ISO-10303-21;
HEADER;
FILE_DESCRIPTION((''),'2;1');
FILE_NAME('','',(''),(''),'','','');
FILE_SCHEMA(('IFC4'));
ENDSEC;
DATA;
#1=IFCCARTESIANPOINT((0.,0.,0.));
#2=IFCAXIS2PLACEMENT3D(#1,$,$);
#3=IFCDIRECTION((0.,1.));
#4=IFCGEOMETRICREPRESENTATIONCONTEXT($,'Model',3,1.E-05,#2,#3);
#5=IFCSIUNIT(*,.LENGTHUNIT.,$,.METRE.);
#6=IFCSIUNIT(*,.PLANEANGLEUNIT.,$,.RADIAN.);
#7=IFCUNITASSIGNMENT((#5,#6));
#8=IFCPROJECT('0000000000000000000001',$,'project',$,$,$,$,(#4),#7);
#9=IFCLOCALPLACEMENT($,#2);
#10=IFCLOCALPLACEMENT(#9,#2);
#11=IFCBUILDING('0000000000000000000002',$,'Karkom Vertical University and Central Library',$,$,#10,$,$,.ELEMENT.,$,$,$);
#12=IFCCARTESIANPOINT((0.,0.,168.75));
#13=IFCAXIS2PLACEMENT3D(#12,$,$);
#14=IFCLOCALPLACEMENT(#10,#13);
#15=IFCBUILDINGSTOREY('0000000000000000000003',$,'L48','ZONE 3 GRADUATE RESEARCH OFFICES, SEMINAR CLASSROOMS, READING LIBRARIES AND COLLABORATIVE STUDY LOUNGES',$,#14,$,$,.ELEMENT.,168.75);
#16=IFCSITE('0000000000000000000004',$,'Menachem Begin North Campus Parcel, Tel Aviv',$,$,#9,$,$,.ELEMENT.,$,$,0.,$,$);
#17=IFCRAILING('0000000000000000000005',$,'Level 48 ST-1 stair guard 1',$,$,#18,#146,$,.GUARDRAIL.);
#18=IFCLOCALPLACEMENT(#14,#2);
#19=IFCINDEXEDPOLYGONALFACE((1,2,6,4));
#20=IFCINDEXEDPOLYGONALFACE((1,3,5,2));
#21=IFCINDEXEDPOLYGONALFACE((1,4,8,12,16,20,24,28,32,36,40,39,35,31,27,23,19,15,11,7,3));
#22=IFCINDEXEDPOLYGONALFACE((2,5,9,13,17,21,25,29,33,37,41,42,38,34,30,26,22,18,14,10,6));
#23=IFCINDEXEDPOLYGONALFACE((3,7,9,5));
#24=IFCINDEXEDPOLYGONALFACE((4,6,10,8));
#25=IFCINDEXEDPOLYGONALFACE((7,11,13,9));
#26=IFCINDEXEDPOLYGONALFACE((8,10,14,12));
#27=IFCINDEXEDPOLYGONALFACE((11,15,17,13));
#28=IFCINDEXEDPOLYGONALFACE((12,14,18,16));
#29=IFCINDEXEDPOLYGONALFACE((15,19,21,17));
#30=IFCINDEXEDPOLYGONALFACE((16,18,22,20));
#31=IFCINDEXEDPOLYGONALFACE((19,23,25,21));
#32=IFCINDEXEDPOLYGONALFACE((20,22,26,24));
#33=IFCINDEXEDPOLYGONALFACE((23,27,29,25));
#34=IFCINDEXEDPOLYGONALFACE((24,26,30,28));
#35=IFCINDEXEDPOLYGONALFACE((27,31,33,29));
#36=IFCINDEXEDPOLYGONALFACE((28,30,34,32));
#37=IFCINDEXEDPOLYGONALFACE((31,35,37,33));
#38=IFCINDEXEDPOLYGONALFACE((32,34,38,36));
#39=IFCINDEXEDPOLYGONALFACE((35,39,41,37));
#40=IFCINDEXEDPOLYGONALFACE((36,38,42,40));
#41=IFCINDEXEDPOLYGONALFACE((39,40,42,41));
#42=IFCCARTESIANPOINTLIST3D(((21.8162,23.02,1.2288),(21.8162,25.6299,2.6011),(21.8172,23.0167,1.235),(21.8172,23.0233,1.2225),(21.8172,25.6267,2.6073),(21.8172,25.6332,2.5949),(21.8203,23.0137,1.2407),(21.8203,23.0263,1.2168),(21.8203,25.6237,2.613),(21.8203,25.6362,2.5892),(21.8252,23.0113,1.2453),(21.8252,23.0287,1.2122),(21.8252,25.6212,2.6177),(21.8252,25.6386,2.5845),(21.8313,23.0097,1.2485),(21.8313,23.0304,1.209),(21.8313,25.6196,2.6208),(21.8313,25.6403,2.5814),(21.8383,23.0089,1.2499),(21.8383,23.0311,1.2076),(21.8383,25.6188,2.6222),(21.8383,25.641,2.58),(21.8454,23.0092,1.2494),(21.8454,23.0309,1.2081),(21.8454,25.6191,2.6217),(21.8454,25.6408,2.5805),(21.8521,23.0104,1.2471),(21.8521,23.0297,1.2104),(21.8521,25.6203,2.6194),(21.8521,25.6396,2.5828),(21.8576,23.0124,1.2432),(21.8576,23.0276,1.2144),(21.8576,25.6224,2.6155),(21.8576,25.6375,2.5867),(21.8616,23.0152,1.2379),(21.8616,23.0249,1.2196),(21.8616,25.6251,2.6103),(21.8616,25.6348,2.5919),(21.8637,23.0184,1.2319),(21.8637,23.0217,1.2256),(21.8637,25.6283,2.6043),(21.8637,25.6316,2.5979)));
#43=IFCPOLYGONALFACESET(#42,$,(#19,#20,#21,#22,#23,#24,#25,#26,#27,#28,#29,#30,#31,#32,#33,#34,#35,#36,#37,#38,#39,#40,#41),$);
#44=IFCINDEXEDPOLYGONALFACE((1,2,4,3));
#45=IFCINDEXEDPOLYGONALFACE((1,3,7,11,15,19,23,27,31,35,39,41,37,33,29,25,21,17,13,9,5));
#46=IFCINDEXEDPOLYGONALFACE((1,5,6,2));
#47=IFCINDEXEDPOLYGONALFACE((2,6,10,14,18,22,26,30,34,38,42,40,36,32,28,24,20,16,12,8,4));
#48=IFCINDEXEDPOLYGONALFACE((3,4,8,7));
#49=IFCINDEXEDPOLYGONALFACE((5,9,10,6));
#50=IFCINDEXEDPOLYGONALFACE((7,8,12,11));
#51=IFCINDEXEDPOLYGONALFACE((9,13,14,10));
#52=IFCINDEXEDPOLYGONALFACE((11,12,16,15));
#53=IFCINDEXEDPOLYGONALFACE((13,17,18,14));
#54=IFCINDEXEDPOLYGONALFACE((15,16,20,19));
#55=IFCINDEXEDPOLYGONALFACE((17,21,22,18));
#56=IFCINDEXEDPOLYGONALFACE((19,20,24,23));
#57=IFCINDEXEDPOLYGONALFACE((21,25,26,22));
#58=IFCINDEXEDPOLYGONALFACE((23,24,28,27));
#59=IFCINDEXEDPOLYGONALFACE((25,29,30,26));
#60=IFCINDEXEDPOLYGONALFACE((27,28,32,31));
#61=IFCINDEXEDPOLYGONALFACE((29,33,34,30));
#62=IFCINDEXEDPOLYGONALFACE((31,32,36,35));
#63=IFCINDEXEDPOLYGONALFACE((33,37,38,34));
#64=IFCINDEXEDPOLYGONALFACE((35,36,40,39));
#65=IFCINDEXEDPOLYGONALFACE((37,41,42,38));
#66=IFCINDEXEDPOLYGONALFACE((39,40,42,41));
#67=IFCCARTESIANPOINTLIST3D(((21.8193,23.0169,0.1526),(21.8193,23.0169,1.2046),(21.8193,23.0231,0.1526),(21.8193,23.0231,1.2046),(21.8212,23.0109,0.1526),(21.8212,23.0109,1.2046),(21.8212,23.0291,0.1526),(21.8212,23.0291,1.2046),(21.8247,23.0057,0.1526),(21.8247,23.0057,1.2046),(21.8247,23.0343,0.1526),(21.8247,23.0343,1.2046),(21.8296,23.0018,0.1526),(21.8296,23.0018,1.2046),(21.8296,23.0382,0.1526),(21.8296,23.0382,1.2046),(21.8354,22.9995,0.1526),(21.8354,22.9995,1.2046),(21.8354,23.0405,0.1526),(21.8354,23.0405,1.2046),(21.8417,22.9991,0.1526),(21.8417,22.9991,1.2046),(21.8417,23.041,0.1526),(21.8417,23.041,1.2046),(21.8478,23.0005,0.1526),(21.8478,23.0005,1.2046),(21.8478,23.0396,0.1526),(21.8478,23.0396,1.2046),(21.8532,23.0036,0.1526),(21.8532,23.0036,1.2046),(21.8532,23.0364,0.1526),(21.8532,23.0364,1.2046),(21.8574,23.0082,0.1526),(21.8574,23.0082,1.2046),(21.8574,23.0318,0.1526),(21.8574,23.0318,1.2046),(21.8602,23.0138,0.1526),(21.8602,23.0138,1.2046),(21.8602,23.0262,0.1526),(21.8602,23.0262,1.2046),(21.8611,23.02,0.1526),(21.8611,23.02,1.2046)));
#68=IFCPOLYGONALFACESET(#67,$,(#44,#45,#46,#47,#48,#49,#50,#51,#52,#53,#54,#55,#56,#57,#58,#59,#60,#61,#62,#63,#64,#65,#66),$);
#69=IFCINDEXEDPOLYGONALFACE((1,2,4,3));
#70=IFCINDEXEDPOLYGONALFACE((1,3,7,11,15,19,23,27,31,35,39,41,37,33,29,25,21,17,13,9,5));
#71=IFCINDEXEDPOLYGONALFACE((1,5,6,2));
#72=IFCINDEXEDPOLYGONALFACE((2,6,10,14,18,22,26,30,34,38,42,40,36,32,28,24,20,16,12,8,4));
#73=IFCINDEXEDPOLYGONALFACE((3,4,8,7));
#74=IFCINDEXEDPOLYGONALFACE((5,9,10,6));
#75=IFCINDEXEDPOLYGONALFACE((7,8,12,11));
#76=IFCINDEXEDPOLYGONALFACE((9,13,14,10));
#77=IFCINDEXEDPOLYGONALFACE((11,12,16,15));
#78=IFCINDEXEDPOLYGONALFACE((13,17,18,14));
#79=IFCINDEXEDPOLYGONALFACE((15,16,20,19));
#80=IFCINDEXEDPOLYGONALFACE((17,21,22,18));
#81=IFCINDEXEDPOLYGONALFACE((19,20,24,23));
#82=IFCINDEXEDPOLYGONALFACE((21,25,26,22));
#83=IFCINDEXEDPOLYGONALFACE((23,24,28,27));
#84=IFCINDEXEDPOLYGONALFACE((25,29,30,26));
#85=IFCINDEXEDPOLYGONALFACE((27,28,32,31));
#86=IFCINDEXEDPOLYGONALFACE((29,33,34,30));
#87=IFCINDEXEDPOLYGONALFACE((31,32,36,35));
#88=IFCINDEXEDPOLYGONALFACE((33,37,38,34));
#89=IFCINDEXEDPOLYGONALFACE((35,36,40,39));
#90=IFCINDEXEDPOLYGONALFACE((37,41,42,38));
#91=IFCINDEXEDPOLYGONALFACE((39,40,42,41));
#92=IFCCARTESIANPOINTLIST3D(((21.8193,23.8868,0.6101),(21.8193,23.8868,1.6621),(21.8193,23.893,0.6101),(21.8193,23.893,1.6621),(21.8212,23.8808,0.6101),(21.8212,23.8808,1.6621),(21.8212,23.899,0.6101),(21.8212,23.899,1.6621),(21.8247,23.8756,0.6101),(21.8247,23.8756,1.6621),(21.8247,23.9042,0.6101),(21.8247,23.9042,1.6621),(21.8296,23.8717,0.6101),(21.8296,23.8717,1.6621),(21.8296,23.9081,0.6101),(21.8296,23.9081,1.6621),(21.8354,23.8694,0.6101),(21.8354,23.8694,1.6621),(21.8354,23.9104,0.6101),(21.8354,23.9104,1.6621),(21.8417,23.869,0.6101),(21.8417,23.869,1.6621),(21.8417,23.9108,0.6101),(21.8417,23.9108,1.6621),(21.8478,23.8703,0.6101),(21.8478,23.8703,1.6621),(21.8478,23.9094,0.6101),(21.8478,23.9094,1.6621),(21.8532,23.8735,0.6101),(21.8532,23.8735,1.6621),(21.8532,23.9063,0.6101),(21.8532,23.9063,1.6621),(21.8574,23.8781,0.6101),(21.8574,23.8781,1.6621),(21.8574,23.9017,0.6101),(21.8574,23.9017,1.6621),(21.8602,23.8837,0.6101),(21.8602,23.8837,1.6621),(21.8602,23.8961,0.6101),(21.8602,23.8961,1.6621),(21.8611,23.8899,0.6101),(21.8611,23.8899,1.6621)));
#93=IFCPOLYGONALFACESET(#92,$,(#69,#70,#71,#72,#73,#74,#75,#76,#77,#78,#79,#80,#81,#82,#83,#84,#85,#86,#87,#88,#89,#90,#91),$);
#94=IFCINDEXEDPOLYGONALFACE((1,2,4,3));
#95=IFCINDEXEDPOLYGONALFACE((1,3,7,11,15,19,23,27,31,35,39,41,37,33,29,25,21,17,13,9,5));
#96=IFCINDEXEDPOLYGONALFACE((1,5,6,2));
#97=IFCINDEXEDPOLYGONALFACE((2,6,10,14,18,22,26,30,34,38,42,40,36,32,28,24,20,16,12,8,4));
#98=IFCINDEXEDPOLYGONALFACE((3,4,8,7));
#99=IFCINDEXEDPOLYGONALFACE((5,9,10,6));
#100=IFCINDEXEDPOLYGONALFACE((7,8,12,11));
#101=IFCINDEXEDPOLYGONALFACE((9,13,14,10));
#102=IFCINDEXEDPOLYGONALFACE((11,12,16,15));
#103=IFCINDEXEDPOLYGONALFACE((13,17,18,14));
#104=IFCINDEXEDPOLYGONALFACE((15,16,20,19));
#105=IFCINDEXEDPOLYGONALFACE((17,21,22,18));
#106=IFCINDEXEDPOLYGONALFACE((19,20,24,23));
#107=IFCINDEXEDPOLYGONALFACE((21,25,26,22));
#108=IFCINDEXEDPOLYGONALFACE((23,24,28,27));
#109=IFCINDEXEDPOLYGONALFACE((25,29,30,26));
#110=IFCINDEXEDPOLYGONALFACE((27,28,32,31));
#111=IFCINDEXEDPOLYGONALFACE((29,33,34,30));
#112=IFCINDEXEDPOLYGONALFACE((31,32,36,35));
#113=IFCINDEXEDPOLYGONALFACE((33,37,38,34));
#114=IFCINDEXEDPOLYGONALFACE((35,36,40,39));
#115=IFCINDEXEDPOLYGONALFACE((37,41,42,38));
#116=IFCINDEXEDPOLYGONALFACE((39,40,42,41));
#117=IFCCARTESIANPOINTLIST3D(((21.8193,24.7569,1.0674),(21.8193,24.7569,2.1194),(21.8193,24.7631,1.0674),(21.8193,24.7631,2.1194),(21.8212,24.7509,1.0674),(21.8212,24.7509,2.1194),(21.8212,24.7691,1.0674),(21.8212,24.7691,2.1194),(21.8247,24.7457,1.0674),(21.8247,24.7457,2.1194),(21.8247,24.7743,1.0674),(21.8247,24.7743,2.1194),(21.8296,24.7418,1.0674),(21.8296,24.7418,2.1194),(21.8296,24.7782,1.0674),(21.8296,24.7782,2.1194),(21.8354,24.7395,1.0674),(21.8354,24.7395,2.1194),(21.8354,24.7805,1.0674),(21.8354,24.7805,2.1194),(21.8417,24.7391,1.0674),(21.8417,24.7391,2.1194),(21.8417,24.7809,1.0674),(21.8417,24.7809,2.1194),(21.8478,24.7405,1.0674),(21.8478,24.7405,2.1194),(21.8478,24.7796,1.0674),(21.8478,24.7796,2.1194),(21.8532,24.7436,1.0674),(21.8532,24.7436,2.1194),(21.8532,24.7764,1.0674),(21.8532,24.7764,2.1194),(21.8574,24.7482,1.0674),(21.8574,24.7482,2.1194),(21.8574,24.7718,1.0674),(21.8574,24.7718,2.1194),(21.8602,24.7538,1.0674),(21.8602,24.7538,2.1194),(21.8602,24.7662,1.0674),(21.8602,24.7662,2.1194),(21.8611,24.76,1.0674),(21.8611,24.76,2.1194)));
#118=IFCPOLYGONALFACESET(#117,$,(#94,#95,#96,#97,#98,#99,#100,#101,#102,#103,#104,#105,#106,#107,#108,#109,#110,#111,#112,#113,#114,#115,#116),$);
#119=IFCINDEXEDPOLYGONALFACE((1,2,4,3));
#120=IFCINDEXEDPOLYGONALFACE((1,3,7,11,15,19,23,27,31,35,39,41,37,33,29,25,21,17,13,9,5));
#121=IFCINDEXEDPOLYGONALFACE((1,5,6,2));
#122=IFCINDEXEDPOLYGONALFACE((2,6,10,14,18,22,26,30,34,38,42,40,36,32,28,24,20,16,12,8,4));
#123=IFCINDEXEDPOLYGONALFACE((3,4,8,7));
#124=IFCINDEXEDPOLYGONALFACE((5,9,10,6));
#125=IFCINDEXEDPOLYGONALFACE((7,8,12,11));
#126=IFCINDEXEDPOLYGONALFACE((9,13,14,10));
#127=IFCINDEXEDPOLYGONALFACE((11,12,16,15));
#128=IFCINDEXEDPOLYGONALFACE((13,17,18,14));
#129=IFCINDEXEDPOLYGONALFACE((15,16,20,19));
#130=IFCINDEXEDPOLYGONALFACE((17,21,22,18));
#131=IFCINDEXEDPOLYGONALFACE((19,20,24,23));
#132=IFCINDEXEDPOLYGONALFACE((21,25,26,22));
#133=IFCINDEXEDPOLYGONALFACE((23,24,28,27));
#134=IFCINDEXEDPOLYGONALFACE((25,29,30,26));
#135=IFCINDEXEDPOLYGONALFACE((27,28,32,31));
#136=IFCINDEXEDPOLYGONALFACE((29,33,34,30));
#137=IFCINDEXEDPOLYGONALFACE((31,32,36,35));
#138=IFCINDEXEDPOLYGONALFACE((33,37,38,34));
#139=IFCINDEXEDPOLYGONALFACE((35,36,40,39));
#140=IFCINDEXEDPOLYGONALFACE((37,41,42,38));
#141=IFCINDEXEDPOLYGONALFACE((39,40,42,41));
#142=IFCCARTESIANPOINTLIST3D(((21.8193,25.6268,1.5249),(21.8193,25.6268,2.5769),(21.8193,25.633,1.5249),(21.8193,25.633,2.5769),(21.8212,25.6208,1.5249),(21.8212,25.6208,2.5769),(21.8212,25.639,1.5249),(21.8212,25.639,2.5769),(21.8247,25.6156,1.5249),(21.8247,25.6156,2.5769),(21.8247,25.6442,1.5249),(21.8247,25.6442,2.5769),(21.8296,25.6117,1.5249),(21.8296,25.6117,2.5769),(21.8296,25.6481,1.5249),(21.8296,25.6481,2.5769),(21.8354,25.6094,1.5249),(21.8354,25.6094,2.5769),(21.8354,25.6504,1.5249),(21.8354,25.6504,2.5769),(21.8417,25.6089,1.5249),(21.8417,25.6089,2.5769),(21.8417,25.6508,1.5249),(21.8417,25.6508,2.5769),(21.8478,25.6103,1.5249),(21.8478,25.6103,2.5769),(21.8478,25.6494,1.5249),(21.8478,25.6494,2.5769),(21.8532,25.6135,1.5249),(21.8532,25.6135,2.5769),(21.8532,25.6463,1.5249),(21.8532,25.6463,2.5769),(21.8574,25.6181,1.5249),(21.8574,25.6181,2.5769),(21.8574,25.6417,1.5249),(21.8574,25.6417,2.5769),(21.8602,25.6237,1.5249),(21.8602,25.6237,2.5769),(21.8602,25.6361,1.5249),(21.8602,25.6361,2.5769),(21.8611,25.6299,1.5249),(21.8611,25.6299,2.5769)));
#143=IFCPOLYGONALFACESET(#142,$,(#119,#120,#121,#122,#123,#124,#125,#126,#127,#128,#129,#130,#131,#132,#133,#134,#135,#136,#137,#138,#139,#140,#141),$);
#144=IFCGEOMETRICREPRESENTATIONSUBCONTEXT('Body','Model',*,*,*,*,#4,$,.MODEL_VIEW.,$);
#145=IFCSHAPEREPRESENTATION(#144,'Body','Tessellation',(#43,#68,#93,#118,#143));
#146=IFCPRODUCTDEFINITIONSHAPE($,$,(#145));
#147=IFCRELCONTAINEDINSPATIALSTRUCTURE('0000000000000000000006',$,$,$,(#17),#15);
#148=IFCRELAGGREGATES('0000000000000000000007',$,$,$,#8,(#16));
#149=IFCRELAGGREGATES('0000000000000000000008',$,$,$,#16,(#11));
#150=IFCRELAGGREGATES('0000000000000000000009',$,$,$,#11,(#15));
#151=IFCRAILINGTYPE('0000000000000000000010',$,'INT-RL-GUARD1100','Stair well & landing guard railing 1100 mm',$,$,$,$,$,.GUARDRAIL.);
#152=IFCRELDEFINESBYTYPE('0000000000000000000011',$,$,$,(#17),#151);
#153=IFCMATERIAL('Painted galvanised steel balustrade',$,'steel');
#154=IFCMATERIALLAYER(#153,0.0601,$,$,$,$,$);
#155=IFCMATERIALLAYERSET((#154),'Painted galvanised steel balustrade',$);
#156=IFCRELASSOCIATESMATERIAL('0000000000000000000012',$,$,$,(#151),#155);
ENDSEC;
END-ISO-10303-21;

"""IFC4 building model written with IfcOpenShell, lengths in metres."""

from ifc_helpers import new_model, si_unit, direction, frame, origin, origin_2d, place, context, subcontext, project, spatial, circle, extrude, material, layer, layer_set, type_object, element, save


model = new_model("IFC4")

# Units and contexts
model_context = context("Model", 3, precision=1e-05, world=origin(), true_north=direction((0.0, 1.0)))
body_context = subcontext(model_context, "Body", "Model", "MODEL_VIEW")
ifc_project = project(units=[si_unit("LENGTHUNIT", "METRE"), si_unit("PLANEANGLEUNIT", "RADIAN")], contexts=[model_context])

# Site, building, storey
site_placement = place(None, origin())
site = spatial("IfcSite", under=ifc_project, at=site_placement, Name="Menachem Begin North Campus Parcel, Tel Aviv", CompositionType="ELEMENT", RefElevation=0.0)
building_placement = place(site_placement, origin())
building = spatial("IfcBuilding", under=site, at=building_placement, Name="Karkom Vertical University and Central Library", CompositionType="ELEMENT")
storey_placement = place(building_placement, frame((0.0, 0.0, 168.75)))
storey = spatial("IfcBuildingStorey", under=building, at=storey_placement, Name="L48", Description="ZONE 3 GRADUATE RESEARCH OFFICES, SEMINAR CLASSROOMS, READING LIBRARIES AND COLLABORATIVE STUDY LOUNGES", CompositionType="ELEMENT", Elevation=168.75)

# Railing
ifc_material_1 = material(Name="Painted galvanised steel balustrade", Category="steel")
ifc_layer_1 = layer(ifc_material_1, 0.0601)
ifc_layer_set_1 = layer_set([ifc_layer_1], Name="Painted galvanised steel balustrade")
railing_type = type_object("IfcRailingType", Name="INT-RL-GUARD1100", Description="Stair well & landing guard railing 1100 mm", PredefinedType="GUARDRAIL", material=ifc_layer_set_1)
railing_1_placement = place(storey_placement, frame((21.8401, 23.02, 0.1526)))
element("IfcRailing", 1, at=railing_1_placement, inside=storey, type_object=railing_type, Name="Level 48 ST-1 stair guard 1", PredefinedType="GUARDRAIL", context=body_context, shape_type="SweptSolid", body=[
    extrude(circle(Radius=0.0239, at=origin_2d()), frame((0.0, 0.0, 1.0762), z_axis=(0.0, 0.8851, 0.465402), x_axis=(-1.0, 0.0, 0.0)), (0.0, 0.0, 1.0), 2.9487),
    extrude(circle(Radius=0.021, at=origin_2d()), origin(), (0.0, 0.0, 1.0), 1.052),
    extrude(circle(Radius=0.021, at=origin_2d()), frame((0.0, 0.8699, 0.4575)), (0.0, 0.0, 1.0), 1.052),
    extrude(circle(Radius=0.021, at=origin_2d()), frame((0.0, 1.74, 0.9148)), (0.0, 0.0, 1.0), 1.052),
    extrude(circle(Radius=0.021, at=origin_2d()), frame((0.0, 2.6099, 1.3723)), (0.0, 0.0, 1.0), 1.052),
])

save(model, "model.ifc")
